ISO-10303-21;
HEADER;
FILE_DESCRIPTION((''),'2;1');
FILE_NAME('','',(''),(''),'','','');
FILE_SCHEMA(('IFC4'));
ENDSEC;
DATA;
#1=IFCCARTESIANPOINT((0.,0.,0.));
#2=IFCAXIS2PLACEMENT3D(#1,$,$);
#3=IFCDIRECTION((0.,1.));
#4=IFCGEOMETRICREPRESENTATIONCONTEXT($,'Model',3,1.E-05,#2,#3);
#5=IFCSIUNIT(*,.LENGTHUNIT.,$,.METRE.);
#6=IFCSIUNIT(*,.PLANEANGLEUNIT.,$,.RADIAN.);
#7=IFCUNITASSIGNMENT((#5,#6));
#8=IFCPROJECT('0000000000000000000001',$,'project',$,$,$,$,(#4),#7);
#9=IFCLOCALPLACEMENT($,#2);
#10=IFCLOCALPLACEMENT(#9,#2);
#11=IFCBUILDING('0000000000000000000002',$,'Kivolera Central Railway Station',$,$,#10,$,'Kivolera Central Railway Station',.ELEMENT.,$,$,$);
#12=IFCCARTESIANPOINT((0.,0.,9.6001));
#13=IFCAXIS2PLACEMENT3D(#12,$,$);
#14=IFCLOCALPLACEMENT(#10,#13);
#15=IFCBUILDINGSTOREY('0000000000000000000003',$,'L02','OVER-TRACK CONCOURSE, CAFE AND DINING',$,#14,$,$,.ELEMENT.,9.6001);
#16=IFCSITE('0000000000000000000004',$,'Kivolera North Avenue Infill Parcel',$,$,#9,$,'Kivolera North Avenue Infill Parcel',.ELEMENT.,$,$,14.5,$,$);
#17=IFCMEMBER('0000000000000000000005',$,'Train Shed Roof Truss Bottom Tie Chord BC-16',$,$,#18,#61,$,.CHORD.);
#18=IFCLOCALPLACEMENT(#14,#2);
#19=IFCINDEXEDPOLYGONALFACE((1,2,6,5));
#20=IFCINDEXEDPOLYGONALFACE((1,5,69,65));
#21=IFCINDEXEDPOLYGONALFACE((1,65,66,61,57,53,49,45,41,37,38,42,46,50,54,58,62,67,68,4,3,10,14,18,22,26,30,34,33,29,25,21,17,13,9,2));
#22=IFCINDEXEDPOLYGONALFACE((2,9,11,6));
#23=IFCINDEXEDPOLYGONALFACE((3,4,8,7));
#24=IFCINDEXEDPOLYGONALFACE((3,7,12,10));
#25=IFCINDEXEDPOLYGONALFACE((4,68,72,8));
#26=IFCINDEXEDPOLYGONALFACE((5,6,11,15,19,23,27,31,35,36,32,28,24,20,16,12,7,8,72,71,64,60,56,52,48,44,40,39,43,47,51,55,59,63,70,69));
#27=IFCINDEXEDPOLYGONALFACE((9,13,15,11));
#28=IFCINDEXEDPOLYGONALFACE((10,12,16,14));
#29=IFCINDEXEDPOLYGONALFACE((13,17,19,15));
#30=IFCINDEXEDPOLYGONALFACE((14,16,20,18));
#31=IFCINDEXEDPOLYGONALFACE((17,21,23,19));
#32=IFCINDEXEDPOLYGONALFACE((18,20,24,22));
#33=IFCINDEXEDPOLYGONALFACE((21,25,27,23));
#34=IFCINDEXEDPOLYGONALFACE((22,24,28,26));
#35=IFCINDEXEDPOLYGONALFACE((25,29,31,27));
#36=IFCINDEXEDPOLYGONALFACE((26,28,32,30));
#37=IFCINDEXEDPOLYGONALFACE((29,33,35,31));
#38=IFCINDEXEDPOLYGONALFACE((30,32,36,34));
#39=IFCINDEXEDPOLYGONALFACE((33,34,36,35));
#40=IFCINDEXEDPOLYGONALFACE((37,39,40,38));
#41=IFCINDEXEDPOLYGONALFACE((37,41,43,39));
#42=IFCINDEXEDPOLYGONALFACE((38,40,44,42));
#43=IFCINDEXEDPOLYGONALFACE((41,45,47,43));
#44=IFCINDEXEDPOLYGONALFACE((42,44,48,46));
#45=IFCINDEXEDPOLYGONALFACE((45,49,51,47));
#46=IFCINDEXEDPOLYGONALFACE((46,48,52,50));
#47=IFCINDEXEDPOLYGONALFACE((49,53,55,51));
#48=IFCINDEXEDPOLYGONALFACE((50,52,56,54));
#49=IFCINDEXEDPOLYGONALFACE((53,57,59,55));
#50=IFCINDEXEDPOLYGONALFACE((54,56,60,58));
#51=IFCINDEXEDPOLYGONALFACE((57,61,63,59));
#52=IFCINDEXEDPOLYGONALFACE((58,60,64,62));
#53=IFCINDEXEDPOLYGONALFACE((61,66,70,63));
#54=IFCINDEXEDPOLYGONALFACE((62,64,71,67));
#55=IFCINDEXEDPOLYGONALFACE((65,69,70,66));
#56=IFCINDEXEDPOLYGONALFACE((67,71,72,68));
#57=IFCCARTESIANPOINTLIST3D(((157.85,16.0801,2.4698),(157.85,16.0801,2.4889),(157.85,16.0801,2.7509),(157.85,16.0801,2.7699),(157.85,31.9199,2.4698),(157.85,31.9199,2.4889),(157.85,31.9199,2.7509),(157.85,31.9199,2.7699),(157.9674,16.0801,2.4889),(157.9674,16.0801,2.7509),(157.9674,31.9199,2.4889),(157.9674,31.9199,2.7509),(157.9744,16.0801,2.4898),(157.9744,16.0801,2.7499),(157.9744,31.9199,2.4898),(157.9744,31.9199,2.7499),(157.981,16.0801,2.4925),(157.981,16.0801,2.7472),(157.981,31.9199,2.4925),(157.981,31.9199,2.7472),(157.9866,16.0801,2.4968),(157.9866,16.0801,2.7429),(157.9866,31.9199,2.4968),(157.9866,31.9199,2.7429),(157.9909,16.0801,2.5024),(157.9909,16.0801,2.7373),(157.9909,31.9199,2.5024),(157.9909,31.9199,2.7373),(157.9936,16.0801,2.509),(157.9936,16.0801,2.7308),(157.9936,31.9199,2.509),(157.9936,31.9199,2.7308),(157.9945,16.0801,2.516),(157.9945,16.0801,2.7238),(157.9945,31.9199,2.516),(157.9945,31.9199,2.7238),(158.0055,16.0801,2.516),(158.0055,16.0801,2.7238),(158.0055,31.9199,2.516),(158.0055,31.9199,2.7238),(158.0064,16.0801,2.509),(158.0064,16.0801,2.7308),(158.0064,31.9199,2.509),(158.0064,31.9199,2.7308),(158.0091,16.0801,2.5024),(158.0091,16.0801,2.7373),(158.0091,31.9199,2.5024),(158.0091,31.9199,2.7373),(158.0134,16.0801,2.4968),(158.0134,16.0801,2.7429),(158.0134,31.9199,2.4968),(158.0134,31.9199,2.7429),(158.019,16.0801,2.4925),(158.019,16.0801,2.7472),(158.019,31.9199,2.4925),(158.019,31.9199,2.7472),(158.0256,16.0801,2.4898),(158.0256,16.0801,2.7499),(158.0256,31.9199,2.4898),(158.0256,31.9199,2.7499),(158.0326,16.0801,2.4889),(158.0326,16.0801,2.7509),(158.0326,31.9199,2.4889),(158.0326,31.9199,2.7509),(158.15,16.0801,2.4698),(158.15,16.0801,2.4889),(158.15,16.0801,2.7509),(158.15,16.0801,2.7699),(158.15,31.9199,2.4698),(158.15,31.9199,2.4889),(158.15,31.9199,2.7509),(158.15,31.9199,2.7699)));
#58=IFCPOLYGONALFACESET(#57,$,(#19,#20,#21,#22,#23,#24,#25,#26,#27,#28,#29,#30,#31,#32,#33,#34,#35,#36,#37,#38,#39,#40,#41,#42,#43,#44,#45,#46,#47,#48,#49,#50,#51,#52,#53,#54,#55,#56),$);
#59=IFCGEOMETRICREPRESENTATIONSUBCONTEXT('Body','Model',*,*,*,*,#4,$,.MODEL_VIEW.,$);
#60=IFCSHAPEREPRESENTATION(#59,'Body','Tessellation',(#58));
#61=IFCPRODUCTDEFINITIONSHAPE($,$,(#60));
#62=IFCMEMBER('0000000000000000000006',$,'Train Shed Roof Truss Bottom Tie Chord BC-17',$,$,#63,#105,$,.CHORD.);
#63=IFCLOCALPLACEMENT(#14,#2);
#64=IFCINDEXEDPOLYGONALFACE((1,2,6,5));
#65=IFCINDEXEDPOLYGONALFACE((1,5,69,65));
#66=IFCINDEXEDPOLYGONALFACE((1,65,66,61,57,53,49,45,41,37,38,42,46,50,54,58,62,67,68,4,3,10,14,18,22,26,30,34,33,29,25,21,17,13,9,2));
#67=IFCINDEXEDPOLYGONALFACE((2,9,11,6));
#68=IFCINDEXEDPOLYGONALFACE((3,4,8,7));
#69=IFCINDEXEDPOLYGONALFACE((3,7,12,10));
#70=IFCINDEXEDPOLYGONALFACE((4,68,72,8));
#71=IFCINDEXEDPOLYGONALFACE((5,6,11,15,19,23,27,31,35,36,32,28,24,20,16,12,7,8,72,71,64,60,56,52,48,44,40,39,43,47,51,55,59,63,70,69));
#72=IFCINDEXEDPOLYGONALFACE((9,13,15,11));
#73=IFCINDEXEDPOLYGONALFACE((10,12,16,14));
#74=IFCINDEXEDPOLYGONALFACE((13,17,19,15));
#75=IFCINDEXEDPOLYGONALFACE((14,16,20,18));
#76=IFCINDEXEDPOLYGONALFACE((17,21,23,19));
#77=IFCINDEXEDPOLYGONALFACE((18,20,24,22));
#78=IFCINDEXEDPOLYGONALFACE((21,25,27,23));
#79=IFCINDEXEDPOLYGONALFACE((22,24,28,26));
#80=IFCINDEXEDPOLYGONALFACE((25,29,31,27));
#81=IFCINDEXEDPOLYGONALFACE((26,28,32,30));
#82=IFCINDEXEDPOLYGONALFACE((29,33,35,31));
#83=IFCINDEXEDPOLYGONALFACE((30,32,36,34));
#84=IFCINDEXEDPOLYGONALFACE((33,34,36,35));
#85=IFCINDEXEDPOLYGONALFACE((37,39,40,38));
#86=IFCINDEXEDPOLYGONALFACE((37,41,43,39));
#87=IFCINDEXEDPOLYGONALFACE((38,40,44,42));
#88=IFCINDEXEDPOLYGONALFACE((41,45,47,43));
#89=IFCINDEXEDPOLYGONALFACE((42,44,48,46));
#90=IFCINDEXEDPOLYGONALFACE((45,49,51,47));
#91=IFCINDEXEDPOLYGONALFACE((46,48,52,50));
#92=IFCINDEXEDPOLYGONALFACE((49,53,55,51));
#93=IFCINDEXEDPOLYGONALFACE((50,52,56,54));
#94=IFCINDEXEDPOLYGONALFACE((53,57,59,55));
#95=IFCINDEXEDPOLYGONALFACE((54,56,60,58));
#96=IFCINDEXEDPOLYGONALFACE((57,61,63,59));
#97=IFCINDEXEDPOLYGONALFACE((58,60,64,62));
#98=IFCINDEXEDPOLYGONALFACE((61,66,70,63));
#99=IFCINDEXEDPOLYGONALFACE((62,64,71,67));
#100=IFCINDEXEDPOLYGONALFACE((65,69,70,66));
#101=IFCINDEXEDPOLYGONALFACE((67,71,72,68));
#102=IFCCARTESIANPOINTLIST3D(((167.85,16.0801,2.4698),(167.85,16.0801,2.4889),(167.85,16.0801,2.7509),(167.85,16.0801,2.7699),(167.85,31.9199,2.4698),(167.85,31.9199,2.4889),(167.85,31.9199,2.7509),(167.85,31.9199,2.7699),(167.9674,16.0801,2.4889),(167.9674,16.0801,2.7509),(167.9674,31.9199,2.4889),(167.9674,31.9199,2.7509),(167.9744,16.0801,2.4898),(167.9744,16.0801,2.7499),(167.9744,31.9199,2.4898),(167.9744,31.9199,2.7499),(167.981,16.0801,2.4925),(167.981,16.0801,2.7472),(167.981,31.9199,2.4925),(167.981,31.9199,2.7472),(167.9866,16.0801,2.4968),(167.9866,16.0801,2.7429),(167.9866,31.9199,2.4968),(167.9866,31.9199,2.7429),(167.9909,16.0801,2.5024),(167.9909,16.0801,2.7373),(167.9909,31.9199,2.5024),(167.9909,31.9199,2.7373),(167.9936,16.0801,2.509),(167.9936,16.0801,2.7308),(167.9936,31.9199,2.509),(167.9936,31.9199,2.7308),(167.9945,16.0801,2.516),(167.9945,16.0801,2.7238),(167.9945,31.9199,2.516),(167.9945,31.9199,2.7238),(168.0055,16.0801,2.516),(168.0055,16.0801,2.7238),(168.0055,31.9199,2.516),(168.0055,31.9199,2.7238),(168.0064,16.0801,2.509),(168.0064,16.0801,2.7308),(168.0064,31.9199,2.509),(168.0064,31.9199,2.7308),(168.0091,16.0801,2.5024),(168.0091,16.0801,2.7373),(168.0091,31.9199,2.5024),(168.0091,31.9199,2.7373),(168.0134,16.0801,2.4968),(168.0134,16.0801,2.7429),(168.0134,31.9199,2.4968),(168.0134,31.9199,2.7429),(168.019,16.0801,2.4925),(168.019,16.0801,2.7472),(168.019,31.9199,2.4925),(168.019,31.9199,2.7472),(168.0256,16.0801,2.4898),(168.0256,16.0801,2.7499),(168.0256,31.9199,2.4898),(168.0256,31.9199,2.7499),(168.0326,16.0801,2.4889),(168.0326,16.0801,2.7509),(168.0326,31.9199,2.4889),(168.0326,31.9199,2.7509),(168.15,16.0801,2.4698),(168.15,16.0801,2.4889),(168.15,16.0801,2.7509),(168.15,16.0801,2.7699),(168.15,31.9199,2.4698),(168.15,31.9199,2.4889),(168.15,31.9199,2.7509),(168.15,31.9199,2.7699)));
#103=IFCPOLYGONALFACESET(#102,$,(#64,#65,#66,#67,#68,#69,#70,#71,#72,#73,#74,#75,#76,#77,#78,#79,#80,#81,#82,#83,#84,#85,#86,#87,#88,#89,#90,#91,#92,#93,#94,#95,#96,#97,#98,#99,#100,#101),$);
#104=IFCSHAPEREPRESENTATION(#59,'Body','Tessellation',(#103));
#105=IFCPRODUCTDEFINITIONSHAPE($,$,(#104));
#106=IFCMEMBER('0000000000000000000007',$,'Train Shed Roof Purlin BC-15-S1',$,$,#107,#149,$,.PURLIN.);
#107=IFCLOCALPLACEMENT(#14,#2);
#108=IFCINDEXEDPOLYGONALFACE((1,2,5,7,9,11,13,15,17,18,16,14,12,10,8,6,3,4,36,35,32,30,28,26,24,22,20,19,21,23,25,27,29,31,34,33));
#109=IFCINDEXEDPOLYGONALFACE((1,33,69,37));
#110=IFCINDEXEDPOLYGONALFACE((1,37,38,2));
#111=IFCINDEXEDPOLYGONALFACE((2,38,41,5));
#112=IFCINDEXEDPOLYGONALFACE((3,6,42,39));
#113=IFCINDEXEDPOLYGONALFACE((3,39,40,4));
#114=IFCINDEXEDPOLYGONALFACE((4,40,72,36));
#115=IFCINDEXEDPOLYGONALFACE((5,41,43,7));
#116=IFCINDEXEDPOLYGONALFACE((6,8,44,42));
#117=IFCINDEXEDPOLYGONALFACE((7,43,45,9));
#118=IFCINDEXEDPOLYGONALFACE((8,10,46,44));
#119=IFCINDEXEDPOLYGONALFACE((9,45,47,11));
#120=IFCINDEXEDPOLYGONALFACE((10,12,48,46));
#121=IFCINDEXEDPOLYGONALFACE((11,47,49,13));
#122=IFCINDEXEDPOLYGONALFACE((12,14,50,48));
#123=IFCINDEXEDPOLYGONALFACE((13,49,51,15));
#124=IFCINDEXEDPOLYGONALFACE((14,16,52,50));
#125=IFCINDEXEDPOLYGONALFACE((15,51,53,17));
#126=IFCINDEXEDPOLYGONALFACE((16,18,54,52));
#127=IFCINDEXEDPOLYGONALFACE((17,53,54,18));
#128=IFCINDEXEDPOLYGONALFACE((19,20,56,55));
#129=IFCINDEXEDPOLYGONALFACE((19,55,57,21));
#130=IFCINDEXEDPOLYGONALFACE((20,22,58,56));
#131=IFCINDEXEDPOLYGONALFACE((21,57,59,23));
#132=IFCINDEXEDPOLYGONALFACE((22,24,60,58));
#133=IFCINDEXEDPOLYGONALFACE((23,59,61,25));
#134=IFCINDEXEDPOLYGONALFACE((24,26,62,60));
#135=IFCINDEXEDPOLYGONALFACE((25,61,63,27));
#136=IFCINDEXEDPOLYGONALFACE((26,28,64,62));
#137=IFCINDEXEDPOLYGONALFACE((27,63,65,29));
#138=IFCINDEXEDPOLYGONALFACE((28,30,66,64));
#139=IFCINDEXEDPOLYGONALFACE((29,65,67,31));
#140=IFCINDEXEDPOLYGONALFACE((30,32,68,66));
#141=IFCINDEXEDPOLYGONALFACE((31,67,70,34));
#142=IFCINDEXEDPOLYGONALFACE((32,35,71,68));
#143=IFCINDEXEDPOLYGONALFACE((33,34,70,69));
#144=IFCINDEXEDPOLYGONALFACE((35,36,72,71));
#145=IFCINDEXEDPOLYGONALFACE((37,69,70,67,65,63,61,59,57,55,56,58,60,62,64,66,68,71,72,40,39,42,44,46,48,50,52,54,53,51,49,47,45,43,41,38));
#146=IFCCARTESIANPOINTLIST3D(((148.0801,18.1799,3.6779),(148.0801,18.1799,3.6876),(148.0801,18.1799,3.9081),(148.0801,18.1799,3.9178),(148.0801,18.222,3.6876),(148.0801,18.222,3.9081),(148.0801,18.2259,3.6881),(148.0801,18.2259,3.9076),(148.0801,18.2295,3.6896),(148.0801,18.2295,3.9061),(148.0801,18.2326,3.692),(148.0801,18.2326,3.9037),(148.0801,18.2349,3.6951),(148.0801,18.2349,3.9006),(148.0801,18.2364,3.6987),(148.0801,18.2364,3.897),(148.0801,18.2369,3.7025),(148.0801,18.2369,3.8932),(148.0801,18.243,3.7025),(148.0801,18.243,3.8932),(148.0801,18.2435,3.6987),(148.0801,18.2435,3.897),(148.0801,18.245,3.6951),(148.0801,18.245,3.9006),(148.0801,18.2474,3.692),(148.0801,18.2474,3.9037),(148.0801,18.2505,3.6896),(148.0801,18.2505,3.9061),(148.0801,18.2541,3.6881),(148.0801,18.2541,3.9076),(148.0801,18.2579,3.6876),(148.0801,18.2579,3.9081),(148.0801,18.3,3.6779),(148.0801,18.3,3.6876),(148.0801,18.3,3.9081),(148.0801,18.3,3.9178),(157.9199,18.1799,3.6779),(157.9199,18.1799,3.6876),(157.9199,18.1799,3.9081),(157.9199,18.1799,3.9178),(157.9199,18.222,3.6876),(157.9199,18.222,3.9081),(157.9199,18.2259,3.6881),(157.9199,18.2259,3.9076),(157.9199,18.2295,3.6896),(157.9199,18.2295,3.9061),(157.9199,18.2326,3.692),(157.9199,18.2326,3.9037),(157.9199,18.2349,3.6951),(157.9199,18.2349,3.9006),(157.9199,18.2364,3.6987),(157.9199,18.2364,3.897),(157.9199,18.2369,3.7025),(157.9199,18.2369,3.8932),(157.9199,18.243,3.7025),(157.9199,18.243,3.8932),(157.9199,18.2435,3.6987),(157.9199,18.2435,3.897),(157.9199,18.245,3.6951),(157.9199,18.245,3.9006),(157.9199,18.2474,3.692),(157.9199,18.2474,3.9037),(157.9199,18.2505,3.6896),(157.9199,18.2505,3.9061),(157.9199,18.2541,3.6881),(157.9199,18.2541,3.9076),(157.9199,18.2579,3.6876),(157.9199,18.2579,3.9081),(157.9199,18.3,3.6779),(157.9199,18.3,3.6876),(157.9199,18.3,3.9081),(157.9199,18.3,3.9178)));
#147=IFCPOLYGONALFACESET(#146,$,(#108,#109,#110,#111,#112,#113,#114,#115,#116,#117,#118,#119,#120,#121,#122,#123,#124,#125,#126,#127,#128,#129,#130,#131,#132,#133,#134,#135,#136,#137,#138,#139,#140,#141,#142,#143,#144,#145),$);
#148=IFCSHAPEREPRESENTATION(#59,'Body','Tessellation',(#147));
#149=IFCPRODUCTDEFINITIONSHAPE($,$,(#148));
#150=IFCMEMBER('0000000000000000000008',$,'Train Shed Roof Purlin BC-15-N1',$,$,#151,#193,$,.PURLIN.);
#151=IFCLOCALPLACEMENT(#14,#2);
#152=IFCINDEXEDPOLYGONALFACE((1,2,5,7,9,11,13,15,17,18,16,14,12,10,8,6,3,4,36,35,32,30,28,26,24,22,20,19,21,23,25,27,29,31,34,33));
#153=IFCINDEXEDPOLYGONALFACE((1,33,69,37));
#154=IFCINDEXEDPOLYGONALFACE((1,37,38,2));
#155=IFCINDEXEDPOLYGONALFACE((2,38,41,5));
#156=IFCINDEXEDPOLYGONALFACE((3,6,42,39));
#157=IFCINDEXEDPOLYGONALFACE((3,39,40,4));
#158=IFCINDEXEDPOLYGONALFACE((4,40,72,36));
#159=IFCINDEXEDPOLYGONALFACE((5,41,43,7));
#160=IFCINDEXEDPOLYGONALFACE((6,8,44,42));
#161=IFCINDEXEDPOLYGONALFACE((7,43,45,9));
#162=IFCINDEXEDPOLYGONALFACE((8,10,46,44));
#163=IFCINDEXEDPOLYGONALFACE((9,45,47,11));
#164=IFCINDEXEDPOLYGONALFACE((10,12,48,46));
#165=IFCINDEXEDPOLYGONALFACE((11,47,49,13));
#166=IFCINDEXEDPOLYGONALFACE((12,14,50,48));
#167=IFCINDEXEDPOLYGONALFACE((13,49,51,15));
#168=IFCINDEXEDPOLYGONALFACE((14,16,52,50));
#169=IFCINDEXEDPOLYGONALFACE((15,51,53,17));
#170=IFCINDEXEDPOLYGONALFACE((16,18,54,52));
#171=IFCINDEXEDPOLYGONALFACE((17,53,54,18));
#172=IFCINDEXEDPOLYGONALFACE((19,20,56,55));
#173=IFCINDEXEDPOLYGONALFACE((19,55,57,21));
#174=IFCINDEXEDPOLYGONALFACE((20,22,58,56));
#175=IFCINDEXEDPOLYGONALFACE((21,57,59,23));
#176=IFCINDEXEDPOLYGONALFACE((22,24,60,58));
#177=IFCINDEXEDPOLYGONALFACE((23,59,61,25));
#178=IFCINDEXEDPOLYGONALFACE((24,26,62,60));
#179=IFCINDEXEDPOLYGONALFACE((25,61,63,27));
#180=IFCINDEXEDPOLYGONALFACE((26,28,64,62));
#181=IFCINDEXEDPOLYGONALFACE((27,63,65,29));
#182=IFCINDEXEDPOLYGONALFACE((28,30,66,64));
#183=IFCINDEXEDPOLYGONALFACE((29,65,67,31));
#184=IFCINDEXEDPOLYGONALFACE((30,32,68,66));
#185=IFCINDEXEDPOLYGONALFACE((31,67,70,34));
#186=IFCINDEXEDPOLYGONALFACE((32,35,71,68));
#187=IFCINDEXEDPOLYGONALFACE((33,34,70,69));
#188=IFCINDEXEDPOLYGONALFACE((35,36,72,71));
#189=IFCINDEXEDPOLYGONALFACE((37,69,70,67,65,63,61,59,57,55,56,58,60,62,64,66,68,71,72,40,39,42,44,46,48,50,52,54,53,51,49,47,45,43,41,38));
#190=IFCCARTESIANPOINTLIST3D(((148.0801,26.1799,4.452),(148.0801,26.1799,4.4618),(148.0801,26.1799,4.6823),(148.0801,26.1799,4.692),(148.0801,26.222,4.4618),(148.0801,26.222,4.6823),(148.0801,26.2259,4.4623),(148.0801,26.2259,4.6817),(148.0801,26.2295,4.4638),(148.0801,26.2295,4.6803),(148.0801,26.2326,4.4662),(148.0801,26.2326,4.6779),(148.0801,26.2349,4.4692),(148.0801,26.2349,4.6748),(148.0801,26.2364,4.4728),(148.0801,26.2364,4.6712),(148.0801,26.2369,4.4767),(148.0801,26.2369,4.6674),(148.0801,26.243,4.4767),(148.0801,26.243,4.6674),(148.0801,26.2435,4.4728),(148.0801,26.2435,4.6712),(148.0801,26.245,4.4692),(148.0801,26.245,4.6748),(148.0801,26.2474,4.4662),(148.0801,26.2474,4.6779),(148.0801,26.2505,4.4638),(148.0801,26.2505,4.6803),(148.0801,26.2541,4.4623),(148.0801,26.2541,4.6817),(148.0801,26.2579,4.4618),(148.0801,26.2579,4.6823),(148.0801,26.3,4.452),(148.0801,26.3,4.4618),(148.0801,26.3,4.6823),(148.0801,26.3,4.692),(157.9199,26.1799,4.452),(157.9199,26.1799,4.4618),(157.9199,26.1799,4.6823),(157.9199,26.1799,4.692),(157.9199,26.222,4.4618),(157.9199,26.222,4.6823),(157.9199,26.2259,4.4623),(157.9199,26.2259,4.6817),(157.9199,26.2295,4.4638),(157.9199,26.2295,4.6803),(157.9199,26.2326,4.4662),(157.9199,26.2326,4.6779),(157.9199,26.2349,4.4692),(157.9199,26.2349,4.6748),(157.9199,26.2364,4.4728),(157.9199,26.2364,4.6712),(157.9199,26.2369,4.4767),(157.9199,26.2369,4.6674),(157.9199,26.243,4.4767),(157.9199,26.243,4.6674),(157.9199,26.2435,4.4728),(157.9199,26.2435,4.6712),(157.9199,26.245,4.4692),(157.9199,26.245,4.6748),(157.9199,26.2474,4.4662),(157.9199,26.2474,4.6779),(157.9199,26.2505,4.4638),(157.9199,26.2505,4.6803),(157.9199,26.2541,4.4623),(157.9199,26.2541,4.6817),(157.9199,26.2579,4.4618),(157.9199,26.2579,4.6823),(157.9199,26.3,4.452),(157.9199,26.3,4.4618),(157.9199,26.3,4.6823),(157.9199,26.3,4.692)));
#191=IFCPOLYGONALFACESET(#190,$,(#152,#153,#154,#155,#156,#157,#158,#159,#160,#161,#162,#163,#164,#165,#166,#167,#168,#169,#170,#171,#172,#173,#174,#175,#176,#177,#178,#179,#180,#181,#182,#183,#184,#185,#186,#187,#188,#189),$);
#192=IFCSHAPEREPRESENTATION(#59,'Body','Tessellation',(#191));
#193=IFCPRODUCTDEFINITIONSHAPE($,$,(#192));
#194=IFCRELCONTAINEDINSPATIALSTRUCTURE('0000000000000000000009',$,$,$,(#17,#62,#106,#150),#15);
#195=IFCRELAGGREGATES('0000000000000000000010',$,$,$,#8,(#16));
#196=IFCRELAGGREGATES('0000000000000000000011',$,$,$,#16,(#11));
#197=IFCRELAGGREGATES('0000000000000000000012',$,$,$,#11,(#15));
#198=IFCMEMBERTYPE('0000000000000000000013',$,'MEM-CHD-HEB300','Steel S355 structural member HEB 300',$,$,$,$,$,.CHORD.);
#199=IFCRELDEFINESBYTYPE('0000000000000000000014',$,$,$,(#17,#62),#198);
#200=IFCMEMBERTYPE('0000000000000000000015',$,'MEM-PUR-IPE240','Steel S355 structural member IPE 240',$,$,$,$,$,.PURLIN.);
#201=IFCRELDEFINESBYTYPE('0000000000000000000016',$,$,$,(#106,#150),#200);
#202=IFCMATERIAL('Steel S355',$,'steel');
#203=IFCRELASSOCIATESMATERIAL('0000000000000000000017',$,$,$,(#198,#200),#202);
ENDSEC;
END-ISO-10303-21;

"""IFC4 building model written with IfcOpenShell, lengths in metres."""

from ifc_helpers import new_model, si_unit, direction, frame, origin, origin_2d, place, context, subcontext, project, spatial, i_section, extrude, material, material_profile, profile_set, type_object, element, save


model = new_model("IFC4")

# Units and contexts
model_context = context("Model", 3, precision=1e-05, world=origin(), true_north=direction((0.0, 1.0)))
body_context = subcontext(model_context, "Body", "Model", "MODEL_VIEW")
ifc_project = project(units=[si_unit("LENGTHUNIT", "METRE"), si_unit("PLANEANGLEUNIT", "RADIAN")], contexts=[model_context])

# Site, building, storey
site_placement = place(None, origin())
site = spatial("IfcSite", under=ifc_project, at=site_placement, Name="Kivolera North Avenue Infill Parcel", LongName="Kivolera North Avenue Infill Parcel", CompositionType="ELEMENT", RefElevation=14.5)
building_placement = place(site_placement, origin())
building = spatial("IfcBuilding", under=site, at=building_placement, Name="Kivolera Central Railway Station", LongName="Kivolera Central Railway Station", CompositionType="ELEMENT")
storey_placement = place(building_placement, frame((0.0, 0.0, 9.6001)))
storey = spatial("IfcBuildingStorey", under=building, at=storey_placement, Name="L02", Description="OVER-TRACK CONCOURSE, CAFE AND DINING", CompositionType="ELEMENT", Elevation=9.6001)

# Shared definitions
ifc_material_1 = material(Name="Steel S355", Category="steel")

# Members
ifc_material_profile_1 = material_profile(ifc_material_1, i_section(OverallWidth=0.3, OverallDepth=0.3, WebThickness=0.011, FlangeThickness=0.019, FilletRadius=0.0271, at=origin_2d()), Name="HEB 300")
ifc_profile_set_1 = profile_set([ifc_material_profile_1], Name="Steel S355")
member_type_1 = type_object("IfcMemberType", Name="MEM-CHD-HEB300", Description="Steel S355 structural member HEB 300", PredefinedType="CHORD", material=ifc_profile_set_1)
for number, where, z_axis, x_axis, name in (
    (1, (158.0, 16.0801, 2.6199), (0.0, 1.0, 0.0), (-1.0, 0.0, 0.0), "Train Shed Roof Truss Bottom Tie Chord BC-16"),
    (2, (168.0, 16.0801, 2.6199), (0.0, 1.0, 0.0), (-1.0, 0.0, 0.0), "Train Shed Roof Truss Bottom Tie Chord BC-17"),
):
    element("IfcMember", number, at=place(storey_placement, frame(where, z_axis=z_axis, x_axis=x_axis)), inside=storey, type_object=member_type_1, Name=name, PredefinedType="CHORD", context=body_context, shape_type="SweptSolid", body=[
        extrude(i_section(OverallWidth=0.3, OverallDepth=0.3, WebThickness=0.011, FlangeThickness=0.019, FilletRadius=0.0271, at=origin_2d()), origin(), (0.0, 0.0, 1.0), 15.8398),
    ])
ifc_material_profile_2 = material_profile(ifc_material_1, i_section(OverallWidth=0.1201, OverallDepth=0.24, WebThickness=0.0061, FlangeThickness=0.0098, FilletRadius=0.0149, at=origin_2d()), Name="IPE 240")
ifc_profile_set_2 = profile_set([ifc_material_profile_2], Name="Steel S355")
member_type_2 = type_object("IfcMemberType", Name="MEM-PUR-IPE240", Description="Steel S355 structural member IPE 240", PredefinedType="PURLIN", material=ifc_profile_set_2)
for number, where, z_axis, x_axis, name in (
    (3, (148.0801, 18.24, 3.7979), (1.0, 0.0, 0.0), (0.0, 1.0, 0.0), "Train Shed Roof Purlin BC-15-S1"),
    (4, (148.0801, 26.24, 4.572), (1.0, 0.0, 0.0), (0.0, 1.0, 0.0), "Train Shed Roof Purlin BC-15-N1"),
):
    element("IfcMember", number, at=place(storey_placement, frame(where, z_axis=z_axis, x_axis=x_axis)), inside=storey, type_object=member_type_2, Name=name, PredefinedType="PURLIN", context=body_context, shape_type="SweptSolid", body=[
        extrude(i_section(OverallWidth=0.1201, OverallDepth=0.24, WebThickness=0.0061, FlangeThickness=0.0098, FilletRadius=0.0149, at=origin_2d()), origin(), (0.0, 0.0, 1.0), 9.8398),
    ])

save(model, "model.ifc")
